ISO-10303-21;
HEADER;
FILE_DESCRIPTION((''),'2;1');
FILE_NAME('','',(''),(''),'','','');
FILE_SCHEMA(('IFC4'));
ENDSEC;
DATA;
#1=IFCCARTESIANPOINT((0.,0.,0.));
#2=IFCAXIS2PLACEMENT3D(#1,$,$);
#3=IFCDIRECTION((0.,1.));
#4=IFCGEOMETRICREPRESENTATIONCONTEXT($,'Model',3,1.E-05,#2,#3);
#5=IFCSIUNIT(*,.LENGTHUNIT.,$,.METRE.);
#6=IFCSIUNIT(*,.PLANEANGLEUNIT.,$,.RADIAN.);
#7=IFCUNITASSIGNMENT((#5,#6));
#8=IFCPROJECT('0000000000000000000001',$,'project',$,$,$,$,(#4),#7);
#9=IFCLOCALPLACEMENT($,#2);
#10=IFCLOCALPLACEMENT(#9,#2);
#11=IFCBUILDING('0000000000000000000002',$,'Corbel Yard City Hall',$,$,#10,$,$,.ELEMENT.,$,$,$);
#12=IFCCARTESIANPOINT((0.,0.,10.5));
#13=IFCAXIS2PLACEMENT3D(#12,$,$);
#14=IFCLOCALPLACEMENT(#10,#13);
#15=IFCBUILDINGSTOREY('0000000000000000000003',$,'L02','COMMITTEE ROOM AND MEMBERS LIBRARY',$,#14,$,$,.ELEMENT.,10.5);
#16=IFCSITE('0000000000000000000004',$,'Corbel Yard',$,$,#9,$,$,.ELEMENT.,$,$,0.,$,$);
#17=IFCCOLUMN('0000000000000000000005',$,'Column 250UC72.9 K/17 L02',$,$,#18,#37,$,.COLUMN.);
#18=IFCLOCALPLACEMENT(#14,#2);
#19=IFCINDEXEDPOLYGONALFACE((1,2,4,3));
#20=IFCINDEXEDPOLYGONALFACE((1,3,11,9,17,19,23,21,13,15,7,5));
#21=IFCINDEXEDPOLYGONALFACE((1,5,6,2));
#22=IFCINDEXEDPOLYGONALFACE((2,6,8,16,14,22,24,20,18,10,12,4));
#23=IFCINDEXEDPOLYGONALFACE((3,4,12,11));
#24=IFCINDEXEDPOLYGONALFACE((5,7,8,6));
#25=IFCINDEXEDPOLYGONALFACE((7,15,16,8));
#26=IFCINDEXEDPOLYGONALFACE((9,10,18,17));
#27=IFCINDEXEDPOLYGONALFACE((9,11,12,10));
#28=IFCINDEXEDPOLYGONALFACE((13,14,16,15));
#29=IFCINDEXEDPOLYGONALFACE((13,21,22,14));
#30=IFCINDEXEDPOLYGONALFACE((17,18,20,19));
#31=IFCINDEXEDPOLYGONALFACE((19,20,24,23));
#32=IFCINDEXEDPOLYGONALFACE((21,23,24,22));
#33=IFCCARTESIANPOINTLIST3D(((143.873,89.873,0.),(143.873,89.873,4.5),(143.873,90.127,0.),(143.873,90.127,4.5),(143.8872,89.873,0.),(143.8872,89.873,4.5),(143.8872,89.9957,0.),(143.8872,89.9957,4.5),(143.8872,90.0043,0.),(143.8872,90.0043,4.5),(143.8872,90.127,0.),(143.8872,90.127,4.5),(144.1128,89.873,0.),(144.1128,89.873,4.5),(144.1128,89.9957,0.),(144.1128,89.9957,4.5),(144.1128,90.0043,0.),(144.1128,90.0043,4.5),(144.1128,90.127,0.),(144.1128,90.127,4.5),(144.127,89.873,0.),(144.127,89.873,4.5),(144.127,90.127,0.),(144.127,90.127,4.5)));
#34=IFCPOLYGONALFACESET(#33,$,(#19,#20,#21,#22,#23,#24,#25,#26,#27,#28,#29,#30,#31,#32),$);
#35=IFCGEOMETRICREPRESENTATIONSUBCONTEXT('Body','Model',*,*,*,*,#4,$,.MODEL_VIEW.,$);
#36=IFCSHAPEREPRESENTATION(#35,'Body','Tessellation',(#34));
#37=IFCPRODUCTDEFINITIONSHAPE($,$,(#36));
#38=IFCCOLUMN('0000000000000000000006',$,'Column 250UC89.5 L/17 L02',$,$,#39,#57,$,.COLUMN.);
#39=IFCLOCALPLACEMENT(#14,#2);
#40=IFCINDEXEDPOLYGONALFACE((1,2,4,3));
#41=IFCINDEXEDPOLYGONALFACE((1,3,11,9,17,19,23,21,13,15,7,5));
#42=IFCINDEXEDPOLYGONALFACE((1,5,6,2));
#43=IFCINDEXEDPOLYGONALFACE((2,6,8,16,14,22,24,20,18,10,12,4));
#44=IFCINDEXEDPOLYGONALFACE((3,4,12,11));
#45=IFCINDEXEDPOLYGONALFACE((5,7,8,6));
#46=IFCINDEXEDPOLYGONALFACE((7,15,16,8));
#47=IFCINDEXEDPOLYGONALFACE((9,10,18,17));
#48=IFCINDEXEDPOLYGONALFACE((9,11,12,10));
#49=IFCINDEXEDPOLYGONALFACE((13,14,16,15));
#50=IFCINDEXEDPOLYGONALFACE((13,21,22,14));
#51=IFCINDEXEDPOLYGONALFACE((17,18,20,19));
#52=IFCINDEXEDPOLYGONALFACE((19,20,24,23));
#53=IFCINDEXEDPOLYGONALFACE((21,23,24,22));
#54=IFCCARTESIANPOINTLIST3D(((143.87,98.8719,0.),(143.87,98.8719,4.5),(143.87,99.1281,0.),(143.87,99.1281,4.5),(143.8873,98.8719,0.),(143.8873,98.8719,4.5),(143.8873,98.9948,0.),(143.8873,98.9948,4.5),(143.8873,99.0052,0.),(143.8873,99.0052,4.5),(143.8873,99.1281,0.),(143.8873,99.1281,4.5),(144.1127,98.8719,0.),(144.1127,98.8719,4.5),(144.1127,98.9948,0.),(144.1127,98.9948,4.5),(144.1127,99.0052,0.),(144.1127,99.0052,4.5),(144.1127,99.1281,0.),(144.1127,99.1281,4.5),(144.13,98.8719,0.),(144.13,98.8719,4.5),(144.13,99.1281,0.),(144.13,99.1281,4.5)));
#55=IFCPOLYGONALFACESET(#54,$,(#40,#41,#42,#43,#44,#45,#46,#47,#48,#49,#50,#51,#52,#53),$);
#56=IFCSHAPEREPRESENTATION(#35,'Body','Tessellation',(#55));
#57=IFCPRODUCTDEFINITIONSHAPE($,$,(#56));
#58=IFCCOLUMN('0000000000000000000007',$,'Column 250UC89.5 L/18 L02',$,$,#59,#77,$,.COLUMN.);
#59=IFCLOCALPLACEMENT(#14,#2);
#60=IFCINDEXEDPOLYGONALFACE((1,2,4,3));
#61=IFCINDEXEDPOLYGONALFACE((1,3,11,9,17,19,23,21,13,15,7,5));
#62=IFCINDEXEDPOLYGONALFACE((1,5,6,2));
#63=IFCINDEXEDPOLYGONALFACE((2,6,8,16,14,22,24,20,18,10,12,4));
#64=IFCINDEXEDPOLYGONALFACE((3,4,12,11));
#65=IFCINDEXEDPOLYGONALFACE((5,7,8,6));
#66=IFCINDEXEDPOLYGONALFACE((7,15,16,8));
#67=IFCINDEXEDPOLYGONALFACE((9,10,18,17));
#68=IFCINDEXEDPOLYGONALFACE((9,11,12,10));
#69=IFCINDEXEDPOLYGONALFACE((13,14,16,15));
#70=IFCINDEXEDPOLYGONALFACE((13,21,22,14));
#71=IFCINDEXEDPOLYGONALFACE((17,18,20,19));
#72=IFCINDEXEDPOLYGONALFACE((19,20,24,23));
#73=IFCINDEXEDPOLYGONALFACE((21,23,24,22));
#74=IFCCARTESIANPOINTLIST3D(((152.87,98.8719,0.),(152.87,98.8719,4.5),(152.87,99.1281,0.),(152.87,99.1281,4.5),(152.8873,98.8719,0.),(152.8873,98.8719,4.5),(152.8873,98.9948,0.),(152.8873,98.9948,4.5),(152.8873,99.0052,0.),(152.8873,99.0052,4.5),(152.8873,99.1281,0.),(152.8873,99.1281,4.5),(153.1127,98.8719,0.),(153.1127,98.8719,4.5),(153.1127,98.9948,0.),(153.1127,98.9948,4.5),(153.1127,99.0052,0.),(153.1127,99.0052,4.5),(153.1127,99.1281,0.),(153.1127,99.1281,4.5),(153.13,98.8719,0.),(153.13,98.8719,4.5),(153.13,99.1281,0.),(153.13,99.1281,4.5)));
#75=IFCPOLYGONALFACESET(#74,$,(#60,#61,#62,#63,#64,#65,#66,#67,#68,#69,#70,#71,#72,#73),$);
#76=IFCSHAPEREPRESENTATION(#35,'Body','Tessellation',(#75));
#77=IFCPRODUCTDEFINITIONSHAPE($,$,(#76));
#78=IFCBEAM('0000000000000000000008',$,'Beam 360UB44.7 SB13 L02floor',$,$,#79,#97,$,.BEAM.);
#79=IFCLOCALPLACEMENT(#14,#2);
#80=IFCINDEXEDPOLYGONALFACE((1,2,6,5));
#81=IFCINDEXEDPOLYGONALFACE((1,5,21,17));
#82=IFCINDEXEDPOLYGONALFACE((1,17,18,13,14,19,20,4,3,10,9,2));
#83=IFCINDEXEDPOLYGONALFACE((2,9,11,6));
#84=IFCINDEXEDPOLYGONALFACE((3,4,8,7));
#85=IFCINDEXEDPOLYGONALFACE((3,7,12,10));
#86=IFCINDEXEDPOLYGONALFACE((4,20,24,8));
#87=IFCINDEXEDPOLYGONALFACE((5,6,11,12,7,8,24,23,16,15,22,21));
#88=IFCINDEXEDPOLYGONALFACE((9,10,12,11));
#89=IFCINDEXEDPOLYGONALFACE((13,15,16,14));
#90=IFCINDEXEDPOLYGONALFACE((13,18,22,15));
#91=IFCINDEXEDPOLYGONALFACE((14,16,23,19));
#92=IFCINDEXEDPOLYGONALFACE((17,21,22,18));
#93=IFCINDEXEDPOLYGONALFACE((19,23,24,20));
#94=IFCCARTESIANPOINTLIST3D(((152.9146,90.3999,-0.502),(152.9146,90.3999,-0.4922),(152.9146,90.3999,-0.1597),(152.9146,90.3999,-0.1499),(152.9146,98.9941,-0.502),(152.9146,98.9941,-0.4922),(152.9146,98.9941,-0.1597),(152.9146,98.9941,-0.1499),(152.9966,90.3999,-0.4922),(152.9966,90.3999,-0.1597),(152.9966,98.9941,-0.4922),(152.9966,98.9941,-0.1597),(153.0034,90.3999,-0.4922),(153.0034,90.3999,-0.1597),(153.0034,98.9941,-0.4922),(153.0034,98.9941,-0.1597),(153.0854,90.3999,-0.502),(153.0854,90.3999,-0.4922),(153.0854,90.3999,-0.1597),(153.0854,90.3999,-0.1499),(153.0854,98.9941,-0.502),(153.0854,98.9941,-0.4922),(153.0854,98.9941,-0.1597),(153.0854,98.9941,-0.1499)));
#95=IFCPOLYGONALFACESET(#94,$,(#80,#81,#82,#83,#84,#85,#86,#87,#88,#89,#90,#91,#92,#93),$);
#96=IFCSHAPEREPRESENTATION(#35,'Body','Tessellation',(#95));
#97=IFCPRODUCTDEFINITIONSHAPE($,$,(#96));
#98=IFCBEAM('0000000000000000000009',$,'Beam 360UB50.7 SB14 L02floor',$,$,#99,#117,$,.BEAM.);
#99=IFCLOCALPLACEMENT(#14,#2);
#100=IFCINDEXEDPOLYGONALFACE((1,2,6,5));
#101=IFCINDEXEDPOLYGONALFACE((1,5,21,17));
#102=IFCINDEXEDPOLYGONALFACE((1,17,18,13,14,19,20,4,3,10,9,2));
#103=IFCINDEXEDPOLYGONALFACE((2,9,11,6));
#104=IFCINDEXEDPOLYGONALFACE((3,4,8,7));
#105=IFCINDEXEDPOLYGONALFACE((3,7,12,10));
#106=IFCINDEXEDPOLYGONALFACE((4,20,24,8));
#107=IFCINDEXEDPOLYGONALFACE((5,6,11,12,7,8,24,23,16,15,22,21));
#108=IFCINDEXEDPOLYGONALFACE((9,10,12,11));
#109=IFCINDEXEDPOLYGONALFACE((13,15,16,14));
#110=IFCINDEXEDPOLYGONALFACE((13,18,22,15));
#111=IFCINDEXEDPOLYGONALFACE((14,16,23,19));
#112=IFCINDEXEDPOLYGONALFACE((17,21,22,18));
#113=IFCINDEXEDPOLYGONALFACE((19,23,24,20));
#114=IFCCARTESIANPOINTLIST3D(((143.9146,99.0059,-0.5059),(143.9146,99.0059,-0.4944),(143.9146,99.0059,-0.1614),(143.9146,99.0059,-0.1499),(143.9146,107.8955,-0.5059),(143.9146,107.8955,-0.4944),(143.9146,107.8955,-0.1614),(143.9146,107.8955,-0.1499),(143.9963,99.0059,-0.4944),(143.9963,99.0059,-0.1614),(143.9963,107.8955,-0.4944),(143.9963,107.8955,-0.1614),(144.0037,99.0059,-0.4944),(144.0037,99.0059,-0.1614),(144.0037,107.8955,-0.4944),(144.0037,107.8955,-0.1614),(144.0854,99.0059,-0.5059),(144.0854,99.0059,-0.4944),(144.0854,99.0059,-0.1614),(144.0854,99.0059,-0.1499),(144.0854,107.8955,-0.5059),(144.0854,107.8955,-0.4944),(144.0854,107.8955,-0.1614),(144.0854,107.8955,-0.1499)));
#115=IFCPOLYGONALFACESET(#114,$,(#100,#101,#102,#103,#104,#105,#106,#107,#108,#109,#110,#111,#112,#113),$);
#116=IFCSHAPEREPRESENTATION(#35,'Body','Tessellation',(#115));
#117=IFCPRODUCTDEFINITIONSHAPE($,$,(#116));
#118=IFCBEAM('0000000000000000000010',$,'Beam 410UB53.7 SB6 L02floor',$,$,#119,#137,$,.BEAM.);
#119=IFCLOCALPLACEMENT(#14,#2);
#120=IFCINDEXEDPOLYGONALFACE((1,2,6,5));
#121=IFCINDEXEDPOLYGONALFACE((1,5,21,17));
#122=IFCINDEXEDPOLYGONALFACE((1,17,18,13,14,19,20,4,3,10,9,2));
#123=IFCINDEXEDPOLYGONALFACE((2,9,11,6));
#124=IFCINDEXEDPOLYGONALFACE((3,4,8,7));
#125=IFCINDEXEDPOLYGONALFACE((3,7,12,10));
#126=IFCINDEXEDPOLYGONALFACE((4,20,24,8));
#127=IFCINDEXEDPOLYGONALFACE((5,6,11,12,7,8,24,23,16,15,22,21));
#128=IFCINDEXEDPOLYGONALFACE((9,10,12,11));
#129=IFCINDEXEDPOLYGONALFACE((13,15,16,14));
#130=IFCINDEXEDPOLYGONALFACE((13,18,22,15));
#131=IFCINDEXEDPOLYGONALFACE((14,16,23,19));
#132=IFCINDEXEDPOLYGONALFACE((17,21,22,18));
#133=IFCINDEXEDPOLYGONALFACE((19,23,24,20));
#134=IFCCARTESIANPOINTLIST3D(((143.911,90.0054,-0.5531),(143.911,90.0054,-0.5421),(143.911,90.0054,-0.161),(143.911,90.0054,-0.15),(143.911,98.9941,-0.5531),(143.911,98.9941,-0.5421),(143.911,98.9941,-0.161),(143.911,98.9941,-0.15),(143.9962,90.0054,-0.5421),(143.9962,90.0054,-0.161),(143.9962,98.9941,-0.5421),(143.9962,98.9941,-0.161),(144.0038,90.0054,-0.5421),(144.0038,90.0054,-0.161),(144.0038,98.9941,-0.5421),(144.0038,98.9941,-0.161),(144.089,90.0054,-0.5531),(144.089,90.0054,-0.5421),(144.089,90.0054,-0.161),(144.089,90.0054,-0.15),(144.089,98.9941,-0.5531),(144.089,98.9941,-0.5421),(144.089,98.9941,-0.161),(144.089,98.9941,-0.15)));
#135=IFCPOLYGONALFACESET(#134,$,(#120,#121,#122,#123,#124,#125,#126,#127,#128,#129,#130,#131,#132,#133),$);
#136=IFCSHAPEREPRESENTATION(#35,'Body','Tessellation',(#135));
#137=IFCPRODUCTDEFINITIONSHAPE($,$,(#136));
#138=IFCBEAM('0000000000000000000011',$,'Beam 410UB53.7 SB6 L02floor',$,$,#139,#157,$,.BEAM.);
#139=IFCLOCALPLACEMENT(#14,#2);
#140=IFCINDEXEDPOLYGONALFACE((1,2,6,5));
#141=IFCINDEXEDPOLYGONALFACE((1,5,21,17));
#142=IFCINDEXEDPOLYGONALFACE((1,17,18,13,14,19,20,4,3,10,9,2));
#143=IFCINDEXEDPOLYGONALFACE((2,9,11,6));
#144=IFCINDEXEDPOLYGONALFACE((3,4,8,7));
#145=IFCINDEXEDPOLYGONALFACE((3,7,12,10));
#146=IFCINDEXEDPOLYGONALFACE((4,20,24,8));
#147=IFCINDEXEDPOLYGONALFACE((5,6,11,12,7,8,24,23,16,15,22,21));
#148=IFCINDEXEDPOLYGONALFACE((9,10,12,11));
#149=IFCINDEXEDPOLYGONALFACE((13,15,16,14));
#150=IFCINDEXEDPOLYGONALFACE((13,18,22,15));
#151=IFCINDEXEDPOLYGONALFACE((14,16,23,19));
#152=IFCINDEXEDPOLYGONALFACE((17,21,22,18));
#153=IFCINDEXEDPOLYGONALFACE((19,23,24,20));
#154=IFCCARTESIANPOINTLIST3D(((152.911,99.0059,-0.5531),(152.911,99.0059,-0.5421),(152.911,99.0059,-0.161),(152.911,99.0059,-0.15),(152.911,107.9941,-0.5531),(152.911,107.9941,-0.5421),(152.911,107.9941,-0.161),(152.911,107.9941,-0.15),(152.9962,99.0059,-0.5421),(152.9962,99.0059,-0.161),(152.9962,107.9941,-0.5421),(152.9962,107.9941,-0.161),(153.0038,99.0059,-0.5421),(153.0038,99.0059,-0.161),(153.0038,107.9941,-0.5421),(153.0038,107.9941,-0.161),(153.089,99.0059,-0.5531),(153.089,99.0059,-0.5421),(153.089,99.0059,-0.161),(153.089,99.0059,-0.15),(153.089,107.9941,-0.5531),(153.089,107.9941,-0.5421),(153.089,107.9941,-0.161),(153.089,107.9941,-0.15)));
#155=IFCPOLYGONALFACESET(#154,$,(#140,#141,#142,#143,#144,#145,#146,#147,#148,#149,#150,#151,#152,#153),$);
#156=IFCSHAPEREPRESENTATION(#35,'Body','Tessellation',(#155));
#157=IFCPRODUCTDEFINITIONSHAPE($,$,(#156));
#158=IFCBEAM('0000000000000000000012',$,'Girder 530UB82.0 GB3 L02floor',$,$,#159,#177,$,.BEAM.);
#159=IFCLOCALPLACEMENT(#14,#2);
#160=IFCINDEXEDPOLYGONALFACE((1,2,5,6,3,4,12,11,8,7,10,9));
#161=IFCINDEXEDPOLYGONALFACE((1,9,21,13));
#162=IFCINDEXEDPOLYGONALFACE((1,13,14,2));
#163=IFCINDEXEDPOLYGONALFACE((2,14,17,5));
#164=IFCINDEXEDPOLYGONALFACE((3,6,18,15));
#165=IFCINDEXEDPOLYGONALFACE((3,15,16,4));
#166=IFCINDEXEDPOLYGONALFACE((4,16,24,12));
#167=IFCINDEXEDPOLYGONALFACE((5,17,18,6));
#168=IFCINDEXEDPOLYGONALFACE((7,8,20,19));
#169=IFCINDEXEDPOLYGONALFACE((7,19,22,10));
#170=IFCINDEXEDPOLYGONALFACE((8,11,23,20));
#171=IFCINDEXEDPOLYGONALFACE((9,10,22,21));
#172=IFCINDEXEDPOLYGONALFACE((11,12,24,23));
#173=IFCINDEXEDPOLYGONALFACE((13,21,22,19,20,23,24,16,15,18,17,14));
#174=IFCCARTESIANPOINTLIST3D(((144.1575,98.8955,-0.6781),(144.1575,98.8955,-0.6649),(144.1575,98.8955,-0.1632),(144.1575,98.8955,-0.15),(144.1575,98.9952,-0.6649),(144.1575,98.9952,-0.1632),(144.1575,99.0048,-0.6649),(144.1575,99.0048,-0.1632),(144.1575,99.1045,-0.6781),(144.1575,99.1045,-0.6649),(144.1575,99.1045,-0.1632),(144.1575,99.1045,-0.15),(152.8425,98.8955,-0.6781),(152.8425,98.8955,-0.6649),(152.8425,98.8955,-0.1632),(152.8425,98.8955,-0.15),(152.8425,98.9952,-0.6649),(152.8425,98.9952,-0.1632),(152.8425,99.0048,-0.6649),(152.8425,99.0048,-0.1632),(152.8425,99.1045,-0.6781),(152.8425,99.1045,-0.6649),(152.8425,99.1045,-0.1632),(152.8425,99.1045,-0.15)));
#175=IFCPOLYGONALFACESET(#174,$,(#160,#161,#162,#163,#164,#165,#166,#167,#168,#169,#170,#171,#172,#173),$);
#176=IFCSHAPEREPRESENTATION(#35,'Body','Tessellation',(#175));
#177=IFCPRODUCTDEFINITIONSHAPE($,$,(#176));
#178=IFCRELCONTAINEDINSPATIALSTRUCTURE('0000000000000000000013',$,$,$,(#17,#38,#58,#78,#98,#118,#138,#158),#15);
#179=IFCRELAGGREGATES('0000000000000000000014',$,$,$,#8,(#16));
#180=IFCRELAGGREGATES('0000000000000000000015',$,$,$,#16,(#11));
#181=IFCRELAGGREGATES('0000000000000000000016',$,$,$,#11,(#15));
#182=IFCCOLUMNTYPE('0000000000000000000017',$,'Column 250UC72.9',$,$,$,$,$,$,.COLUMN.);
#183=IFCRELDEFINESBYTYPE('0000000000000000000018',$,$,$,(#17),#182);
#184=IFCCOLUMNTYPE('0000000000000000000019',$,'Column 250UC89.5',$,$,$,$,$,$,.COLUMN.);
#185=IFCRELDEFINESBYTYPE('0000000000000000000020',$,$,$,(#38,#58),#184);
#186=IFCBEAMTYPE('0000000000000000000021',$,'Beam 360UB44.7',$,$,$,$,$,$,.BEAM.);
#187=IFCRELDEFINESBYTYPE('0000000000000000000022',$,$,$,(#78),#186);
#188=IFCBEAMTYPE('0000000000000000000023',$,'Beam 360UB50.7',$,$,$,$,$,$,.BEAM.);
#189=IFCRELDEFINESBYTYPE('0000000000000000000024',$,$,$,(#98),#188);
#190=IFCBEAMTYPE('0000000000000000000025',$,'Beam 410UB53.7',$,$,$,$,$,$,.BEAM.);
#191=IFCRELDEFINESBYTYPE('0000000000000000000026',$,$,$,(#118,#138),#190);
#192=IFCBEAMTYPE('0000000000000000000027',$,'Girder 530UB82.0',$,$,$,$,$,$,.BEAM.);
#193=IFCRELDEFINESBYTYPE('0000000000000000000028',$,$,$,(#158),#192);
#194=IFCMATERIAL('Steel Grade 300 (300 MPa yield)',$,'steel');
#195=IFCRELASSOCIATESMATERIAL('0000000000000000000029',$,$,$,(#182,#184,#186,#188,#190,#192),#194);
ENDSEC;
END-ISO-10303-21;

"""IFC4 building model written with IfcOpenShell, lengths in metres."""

from ifc_helpers import new_model, si_unit, direction, frame, origin, origin_2d, place, context, subcontext, project, spatial, i_section, extrude, material, material_profile, profile_set, type_object, element, save


model = new_model("IFC4")

# Units and contexts
model_context = context("Model", 3, precision=1e-05, world=origin(), true_north=direction((0.0, 1.0)))
body_context = subcontext(model_context, "Body", "Model", "MODEL_VIEW")
ifc_project = project(units=[si_unit("LENGTHUNIT", "METRE"), si_unit("PLANEANGLEUNIT", "RADIAN")], contexts=[model_context])

# Site, building, storey
site_placement = place(None, origin())
site = spatial("IfcSite", under=ifc_project, at=site_placement, Name="Corbel Yard", CompositionType="ELEMENT", RefElevation=0.0)
building_placement = place(site_placement, origin())
building = spatial("IfcBuilding", under=site, at=building_placement, Name="Corbel Yard City Hall", CompositionType="ELEMENT")
storey_placement = place(building_placement, frame((0.0, 0.0, 10.5)))
storey = spatial("IfcBuildingStorey", under=building, at=storey_placement, Name="L02", Description="COMMITTEE ROOM AND MEMBERS LIBRARY", CompositionType="ELEMENT", Elevation=10.5)

# Columns
ifc_material_1 = material(Name="Steel Grade 300 (300 MPa yield)", Category="steel")
ifc_material_profile_1 = material_profile(ifc_material_1, i_section(OverallWidth=0.2539, OverallDepth=0.2539, WebThickness=0.0085, FlangeThickness=0.0142, at=origin_2d()), Name="250UC72.9")
ifc_profile_set_1 = profile_set([ifc_material_profile_1], Name="Steel Grade 300 (300 MPa yield)")
column_type_1 = type_object("IfcColumnType", Name="Column 250UC72.9", PredefinedType="COLUMN", material=ifc_profile_set_1)
column_placement = place(storey_placement, frame((144.0, 90.0, 0.0), z_axis=(0.0, 0.0, 1.0), x_axis=(0.0, 1.0, 0.0)))
element("IfcColumn", 1, at=column_placement, inside=storey, type_object=column_type_1, Name="Column 250UC72.9 K/17 L02", PredefinedType="COLUMN", context=body_context, shape_type="SweptSolid", body=[
    extrude(i_section(OverallWidth=0.2539, OverallDepth=0.2539, WebThickness=0.0085, FlangeThickness=0.0142, at=origin_2d()), origin(), (0.0, 0.0, 1.0), 4.5),
])
ifc_material_profile_2 = material_profile(ifc_material_1, i_section(OverallWidth=0.2561, OverallDepth=0.26, WebThickness=0.0105, FlangeThickness=0.0173, at=origin_2d()), Name="250UC89.5")
ifc_profile_set_2 = profile_set([ifc_material_profile_2], Name="Steel Grade 300 (300 MPa yield)")
column_type_2 = type_object("IfcColumnType", Name="Column 250UC89.5", PredefinedType="COLUMN", material=ifc_profile_set_2)
for number, where, z_axis, x_axis, name in (
    (2, (144.0, 99.0, 0.0), (0.0, 0.0, 1.0), (0.0, 1.0, 0.0), "Column 250UC89.5 L/17 L02"),
    (3, (153.0, 99.0, 0.0), (0.0, 0.0, 1.0), (0.0, 1.0, 0.0), "Column 250UC89.5 L/18 L02"),
):
    element("IfcColumn", number, at=place(storey_placement, frame(where, z_axis=z_axis, x_axis=x_axis)), inside=storey, type_object=column_type_2, Name=name, PredefinedType="COLUMN", context=body_context, shape_type="SweptSolid", body=[
        extrude(i_section(OverallWidth=0.2561, OverallDepth=0.26, WebThickness=0.0105, FlangeThickness=0.0173, at=origin_2d()), origin(), (0.0, 0.0, 1.0), 4.5),
    ])

# Beams
ifc_material_profile_3 = material_profile(ifc_material_1, i_section(OverallWidth=0.1709, OverallDepth=0.3521, WebThickness=0.0068, FlangeThickness=0.0098, at=origin_2d()), Name="360UB44.7")
ifc_profile_set_3 = profile_set([ifc_material_profile_3], Name="Steel Grade 300 (300 MPa yield)")
beam_type_1 = type_object("IfcBeamType", Name="Beam 360UB44.7", PredefinedType="BEAM", material=ifc_profile_set_3)
beam_1_placement = place(storey_placement, frame((153.0, 90.3999, -0.3259), z_axis=(0.0, 1.0, 0.0), x_axis=(-1.0, 0.0, 0.0)))
element("IfcBeam", 4, at=beam_1_placement, inside=storey, type_object=beam_type_1, Name="Beam 360UB44.7 SB13 L02floor", PredefinedType="BEAM", context=body_context, shape_type="SweptSolid", body=[
    extrude(i_section(OverallWidth=0.1709, OverallDepth=0.3521, WebThickness=0.0068, FlangeThickness=0.0098, at=origin_2d()), origin(), (0.0, 0.0, 1.0), 8.5942),
])
ifc_material_profile_4 = material_profile(ifc_material_1, i_section(OverallWidth=0.1709, OverallDepth=0.356, WebThickness=0.0073, FlangeThickness=0.0115, at=origin_2d()), Name="360UB50.7")
ifc_profile_set_4 = profile_set([ifc_material_profile_4], Name="Steel Grade 300 (300 MPa yield)")
beam_type_2 = type_object("IfcBeamType", Name="Beam 360UB50.7", PredefinedType="BEAM", material=ifc_profile_set_4)
beam_2_placement = place(storey_placement, frame((144.0, 99.0059, -0.3279), z_axis=(0.0, 1.0, 0.0), x_axis=(-1.0, 0.0, 0.0)))
element("IfcBeam", 5, at=beam_2_placement, inside=storey, type_object=beam_type_2, Name="Beam 360UB50.7 SB14 L02floor", PredefinedType="BEAM", context=body_context, shape_type="SweptSolid", body=[
    extrude(i_section(OverallWidth=0.1709, OverallDepth=0.356, WebThickness=0.0073, FlangeThickness=0.0115, at=origin_2d()), origin(), (0.0, 0.0, 1.0), 8.8896),
])
ifc_material_profile_5 = material_profile(ifc_material_1, i_section(OverallWidth=0.178, OverallDepth=0.4031, WebThickness=0.0076, FlangeThickness=0.011, at=origin_2d()), Name="410UB53.7")
ifc_profile_set_5 = profile_set([ifc_material_profile_5], Name="Steel Grade 300 (300 MPa yield)")
beam_type_3 = type_object("IfcBeamType", Name="Beam 410UB53.7", PredefinedType="BEAM", material=ifc_profile_set_5)
beam_3_placement = place(storey_placement, frame((144.0, 90.0054, -0.3516), z_axis=(0.0, 1.0, 0.0), x_axis=(-1.0, 0.0, 0.0)))
element("IfcBeam", 6, at=beam_3_placement, inside=storey, type_object=beam_type_3, Name="Beam 410UB53.7 SB6 L02floor", PredefinedType="BEAM", context=body_context, shape_type="SweptSolid", body=[
    extrude(i_section(OverallWidth=0.178, OverallDepth=0.4031, WebThickness=0.0076, FlangeThickness=0.011, at=origin_2d()), origin(), (0.0, 0.0, 1.0), 8.9888),
])
beam_4_placement = place(storey_placement, frame((153.0, 99.0059, -0.3516), z_axis=(0.0, 1.0, 0.0), x_axis=(-1.0, 0.0, 0.0)))
element("IfcBeam", 7, at=beam_4_placement, inside=storey, type_object=beam_type_3, Name="Beam 410UB53.7 SB6 L02floor", PredefinedType="BEAM", context=body_context, shape_type="SweptSolid", body=[
    extrude(i_section(OverallWidth=0.178, OverallDepth=0.4031, WebThickness=0.0076, FlangeThickness=0.011, at=origin_2d()), origin(), (0.0, 0.0, 1.0), 8.9883),
])
ifc_material_profile_6 = material_profile(ifc_material_1, i_section(OverallWidth=0.209, OverallDepth=0.5281, WebThickness=0.0095, FlangeThickness=0.0132, at=origin_2d()), Name="530UB82.0")
ifc_profile_set_6 = profile_set([ifc_material_profile_6], Name="Steel Grade 300 (300 MPa yield)")
beam_type_4 = type_object("IfcBeamType", Name="Girder 530UB82.0", PredefinedType="BEAM", material=ifc_profile_set_6)
beam_5_placement = place(storey_placement, frame((144.1575, 99.0, -0.4141), z_axis=(1.0, 0.0, 0.0), x_axis=(0.0, 1.0, 0.0)))
element("IfcBeam", 8, at=beam_5_placement, inside=storey, type_object=beam_type_4, Name="Girder 530UB82.0 GB3 L02floor", PredefinedType="BEAM", context=body_context, shape_type="SweptSolid", body=[
    extrude(i_section(OverallWidth=0.209, OverallDepth=0.5281, WebThickness=0.0095, FlangeThickness=0.0132, at=origin_2d()), origin(), (0.0, 0.0, 1.0), 8.6851),
])

save(model, "model.ifc")
